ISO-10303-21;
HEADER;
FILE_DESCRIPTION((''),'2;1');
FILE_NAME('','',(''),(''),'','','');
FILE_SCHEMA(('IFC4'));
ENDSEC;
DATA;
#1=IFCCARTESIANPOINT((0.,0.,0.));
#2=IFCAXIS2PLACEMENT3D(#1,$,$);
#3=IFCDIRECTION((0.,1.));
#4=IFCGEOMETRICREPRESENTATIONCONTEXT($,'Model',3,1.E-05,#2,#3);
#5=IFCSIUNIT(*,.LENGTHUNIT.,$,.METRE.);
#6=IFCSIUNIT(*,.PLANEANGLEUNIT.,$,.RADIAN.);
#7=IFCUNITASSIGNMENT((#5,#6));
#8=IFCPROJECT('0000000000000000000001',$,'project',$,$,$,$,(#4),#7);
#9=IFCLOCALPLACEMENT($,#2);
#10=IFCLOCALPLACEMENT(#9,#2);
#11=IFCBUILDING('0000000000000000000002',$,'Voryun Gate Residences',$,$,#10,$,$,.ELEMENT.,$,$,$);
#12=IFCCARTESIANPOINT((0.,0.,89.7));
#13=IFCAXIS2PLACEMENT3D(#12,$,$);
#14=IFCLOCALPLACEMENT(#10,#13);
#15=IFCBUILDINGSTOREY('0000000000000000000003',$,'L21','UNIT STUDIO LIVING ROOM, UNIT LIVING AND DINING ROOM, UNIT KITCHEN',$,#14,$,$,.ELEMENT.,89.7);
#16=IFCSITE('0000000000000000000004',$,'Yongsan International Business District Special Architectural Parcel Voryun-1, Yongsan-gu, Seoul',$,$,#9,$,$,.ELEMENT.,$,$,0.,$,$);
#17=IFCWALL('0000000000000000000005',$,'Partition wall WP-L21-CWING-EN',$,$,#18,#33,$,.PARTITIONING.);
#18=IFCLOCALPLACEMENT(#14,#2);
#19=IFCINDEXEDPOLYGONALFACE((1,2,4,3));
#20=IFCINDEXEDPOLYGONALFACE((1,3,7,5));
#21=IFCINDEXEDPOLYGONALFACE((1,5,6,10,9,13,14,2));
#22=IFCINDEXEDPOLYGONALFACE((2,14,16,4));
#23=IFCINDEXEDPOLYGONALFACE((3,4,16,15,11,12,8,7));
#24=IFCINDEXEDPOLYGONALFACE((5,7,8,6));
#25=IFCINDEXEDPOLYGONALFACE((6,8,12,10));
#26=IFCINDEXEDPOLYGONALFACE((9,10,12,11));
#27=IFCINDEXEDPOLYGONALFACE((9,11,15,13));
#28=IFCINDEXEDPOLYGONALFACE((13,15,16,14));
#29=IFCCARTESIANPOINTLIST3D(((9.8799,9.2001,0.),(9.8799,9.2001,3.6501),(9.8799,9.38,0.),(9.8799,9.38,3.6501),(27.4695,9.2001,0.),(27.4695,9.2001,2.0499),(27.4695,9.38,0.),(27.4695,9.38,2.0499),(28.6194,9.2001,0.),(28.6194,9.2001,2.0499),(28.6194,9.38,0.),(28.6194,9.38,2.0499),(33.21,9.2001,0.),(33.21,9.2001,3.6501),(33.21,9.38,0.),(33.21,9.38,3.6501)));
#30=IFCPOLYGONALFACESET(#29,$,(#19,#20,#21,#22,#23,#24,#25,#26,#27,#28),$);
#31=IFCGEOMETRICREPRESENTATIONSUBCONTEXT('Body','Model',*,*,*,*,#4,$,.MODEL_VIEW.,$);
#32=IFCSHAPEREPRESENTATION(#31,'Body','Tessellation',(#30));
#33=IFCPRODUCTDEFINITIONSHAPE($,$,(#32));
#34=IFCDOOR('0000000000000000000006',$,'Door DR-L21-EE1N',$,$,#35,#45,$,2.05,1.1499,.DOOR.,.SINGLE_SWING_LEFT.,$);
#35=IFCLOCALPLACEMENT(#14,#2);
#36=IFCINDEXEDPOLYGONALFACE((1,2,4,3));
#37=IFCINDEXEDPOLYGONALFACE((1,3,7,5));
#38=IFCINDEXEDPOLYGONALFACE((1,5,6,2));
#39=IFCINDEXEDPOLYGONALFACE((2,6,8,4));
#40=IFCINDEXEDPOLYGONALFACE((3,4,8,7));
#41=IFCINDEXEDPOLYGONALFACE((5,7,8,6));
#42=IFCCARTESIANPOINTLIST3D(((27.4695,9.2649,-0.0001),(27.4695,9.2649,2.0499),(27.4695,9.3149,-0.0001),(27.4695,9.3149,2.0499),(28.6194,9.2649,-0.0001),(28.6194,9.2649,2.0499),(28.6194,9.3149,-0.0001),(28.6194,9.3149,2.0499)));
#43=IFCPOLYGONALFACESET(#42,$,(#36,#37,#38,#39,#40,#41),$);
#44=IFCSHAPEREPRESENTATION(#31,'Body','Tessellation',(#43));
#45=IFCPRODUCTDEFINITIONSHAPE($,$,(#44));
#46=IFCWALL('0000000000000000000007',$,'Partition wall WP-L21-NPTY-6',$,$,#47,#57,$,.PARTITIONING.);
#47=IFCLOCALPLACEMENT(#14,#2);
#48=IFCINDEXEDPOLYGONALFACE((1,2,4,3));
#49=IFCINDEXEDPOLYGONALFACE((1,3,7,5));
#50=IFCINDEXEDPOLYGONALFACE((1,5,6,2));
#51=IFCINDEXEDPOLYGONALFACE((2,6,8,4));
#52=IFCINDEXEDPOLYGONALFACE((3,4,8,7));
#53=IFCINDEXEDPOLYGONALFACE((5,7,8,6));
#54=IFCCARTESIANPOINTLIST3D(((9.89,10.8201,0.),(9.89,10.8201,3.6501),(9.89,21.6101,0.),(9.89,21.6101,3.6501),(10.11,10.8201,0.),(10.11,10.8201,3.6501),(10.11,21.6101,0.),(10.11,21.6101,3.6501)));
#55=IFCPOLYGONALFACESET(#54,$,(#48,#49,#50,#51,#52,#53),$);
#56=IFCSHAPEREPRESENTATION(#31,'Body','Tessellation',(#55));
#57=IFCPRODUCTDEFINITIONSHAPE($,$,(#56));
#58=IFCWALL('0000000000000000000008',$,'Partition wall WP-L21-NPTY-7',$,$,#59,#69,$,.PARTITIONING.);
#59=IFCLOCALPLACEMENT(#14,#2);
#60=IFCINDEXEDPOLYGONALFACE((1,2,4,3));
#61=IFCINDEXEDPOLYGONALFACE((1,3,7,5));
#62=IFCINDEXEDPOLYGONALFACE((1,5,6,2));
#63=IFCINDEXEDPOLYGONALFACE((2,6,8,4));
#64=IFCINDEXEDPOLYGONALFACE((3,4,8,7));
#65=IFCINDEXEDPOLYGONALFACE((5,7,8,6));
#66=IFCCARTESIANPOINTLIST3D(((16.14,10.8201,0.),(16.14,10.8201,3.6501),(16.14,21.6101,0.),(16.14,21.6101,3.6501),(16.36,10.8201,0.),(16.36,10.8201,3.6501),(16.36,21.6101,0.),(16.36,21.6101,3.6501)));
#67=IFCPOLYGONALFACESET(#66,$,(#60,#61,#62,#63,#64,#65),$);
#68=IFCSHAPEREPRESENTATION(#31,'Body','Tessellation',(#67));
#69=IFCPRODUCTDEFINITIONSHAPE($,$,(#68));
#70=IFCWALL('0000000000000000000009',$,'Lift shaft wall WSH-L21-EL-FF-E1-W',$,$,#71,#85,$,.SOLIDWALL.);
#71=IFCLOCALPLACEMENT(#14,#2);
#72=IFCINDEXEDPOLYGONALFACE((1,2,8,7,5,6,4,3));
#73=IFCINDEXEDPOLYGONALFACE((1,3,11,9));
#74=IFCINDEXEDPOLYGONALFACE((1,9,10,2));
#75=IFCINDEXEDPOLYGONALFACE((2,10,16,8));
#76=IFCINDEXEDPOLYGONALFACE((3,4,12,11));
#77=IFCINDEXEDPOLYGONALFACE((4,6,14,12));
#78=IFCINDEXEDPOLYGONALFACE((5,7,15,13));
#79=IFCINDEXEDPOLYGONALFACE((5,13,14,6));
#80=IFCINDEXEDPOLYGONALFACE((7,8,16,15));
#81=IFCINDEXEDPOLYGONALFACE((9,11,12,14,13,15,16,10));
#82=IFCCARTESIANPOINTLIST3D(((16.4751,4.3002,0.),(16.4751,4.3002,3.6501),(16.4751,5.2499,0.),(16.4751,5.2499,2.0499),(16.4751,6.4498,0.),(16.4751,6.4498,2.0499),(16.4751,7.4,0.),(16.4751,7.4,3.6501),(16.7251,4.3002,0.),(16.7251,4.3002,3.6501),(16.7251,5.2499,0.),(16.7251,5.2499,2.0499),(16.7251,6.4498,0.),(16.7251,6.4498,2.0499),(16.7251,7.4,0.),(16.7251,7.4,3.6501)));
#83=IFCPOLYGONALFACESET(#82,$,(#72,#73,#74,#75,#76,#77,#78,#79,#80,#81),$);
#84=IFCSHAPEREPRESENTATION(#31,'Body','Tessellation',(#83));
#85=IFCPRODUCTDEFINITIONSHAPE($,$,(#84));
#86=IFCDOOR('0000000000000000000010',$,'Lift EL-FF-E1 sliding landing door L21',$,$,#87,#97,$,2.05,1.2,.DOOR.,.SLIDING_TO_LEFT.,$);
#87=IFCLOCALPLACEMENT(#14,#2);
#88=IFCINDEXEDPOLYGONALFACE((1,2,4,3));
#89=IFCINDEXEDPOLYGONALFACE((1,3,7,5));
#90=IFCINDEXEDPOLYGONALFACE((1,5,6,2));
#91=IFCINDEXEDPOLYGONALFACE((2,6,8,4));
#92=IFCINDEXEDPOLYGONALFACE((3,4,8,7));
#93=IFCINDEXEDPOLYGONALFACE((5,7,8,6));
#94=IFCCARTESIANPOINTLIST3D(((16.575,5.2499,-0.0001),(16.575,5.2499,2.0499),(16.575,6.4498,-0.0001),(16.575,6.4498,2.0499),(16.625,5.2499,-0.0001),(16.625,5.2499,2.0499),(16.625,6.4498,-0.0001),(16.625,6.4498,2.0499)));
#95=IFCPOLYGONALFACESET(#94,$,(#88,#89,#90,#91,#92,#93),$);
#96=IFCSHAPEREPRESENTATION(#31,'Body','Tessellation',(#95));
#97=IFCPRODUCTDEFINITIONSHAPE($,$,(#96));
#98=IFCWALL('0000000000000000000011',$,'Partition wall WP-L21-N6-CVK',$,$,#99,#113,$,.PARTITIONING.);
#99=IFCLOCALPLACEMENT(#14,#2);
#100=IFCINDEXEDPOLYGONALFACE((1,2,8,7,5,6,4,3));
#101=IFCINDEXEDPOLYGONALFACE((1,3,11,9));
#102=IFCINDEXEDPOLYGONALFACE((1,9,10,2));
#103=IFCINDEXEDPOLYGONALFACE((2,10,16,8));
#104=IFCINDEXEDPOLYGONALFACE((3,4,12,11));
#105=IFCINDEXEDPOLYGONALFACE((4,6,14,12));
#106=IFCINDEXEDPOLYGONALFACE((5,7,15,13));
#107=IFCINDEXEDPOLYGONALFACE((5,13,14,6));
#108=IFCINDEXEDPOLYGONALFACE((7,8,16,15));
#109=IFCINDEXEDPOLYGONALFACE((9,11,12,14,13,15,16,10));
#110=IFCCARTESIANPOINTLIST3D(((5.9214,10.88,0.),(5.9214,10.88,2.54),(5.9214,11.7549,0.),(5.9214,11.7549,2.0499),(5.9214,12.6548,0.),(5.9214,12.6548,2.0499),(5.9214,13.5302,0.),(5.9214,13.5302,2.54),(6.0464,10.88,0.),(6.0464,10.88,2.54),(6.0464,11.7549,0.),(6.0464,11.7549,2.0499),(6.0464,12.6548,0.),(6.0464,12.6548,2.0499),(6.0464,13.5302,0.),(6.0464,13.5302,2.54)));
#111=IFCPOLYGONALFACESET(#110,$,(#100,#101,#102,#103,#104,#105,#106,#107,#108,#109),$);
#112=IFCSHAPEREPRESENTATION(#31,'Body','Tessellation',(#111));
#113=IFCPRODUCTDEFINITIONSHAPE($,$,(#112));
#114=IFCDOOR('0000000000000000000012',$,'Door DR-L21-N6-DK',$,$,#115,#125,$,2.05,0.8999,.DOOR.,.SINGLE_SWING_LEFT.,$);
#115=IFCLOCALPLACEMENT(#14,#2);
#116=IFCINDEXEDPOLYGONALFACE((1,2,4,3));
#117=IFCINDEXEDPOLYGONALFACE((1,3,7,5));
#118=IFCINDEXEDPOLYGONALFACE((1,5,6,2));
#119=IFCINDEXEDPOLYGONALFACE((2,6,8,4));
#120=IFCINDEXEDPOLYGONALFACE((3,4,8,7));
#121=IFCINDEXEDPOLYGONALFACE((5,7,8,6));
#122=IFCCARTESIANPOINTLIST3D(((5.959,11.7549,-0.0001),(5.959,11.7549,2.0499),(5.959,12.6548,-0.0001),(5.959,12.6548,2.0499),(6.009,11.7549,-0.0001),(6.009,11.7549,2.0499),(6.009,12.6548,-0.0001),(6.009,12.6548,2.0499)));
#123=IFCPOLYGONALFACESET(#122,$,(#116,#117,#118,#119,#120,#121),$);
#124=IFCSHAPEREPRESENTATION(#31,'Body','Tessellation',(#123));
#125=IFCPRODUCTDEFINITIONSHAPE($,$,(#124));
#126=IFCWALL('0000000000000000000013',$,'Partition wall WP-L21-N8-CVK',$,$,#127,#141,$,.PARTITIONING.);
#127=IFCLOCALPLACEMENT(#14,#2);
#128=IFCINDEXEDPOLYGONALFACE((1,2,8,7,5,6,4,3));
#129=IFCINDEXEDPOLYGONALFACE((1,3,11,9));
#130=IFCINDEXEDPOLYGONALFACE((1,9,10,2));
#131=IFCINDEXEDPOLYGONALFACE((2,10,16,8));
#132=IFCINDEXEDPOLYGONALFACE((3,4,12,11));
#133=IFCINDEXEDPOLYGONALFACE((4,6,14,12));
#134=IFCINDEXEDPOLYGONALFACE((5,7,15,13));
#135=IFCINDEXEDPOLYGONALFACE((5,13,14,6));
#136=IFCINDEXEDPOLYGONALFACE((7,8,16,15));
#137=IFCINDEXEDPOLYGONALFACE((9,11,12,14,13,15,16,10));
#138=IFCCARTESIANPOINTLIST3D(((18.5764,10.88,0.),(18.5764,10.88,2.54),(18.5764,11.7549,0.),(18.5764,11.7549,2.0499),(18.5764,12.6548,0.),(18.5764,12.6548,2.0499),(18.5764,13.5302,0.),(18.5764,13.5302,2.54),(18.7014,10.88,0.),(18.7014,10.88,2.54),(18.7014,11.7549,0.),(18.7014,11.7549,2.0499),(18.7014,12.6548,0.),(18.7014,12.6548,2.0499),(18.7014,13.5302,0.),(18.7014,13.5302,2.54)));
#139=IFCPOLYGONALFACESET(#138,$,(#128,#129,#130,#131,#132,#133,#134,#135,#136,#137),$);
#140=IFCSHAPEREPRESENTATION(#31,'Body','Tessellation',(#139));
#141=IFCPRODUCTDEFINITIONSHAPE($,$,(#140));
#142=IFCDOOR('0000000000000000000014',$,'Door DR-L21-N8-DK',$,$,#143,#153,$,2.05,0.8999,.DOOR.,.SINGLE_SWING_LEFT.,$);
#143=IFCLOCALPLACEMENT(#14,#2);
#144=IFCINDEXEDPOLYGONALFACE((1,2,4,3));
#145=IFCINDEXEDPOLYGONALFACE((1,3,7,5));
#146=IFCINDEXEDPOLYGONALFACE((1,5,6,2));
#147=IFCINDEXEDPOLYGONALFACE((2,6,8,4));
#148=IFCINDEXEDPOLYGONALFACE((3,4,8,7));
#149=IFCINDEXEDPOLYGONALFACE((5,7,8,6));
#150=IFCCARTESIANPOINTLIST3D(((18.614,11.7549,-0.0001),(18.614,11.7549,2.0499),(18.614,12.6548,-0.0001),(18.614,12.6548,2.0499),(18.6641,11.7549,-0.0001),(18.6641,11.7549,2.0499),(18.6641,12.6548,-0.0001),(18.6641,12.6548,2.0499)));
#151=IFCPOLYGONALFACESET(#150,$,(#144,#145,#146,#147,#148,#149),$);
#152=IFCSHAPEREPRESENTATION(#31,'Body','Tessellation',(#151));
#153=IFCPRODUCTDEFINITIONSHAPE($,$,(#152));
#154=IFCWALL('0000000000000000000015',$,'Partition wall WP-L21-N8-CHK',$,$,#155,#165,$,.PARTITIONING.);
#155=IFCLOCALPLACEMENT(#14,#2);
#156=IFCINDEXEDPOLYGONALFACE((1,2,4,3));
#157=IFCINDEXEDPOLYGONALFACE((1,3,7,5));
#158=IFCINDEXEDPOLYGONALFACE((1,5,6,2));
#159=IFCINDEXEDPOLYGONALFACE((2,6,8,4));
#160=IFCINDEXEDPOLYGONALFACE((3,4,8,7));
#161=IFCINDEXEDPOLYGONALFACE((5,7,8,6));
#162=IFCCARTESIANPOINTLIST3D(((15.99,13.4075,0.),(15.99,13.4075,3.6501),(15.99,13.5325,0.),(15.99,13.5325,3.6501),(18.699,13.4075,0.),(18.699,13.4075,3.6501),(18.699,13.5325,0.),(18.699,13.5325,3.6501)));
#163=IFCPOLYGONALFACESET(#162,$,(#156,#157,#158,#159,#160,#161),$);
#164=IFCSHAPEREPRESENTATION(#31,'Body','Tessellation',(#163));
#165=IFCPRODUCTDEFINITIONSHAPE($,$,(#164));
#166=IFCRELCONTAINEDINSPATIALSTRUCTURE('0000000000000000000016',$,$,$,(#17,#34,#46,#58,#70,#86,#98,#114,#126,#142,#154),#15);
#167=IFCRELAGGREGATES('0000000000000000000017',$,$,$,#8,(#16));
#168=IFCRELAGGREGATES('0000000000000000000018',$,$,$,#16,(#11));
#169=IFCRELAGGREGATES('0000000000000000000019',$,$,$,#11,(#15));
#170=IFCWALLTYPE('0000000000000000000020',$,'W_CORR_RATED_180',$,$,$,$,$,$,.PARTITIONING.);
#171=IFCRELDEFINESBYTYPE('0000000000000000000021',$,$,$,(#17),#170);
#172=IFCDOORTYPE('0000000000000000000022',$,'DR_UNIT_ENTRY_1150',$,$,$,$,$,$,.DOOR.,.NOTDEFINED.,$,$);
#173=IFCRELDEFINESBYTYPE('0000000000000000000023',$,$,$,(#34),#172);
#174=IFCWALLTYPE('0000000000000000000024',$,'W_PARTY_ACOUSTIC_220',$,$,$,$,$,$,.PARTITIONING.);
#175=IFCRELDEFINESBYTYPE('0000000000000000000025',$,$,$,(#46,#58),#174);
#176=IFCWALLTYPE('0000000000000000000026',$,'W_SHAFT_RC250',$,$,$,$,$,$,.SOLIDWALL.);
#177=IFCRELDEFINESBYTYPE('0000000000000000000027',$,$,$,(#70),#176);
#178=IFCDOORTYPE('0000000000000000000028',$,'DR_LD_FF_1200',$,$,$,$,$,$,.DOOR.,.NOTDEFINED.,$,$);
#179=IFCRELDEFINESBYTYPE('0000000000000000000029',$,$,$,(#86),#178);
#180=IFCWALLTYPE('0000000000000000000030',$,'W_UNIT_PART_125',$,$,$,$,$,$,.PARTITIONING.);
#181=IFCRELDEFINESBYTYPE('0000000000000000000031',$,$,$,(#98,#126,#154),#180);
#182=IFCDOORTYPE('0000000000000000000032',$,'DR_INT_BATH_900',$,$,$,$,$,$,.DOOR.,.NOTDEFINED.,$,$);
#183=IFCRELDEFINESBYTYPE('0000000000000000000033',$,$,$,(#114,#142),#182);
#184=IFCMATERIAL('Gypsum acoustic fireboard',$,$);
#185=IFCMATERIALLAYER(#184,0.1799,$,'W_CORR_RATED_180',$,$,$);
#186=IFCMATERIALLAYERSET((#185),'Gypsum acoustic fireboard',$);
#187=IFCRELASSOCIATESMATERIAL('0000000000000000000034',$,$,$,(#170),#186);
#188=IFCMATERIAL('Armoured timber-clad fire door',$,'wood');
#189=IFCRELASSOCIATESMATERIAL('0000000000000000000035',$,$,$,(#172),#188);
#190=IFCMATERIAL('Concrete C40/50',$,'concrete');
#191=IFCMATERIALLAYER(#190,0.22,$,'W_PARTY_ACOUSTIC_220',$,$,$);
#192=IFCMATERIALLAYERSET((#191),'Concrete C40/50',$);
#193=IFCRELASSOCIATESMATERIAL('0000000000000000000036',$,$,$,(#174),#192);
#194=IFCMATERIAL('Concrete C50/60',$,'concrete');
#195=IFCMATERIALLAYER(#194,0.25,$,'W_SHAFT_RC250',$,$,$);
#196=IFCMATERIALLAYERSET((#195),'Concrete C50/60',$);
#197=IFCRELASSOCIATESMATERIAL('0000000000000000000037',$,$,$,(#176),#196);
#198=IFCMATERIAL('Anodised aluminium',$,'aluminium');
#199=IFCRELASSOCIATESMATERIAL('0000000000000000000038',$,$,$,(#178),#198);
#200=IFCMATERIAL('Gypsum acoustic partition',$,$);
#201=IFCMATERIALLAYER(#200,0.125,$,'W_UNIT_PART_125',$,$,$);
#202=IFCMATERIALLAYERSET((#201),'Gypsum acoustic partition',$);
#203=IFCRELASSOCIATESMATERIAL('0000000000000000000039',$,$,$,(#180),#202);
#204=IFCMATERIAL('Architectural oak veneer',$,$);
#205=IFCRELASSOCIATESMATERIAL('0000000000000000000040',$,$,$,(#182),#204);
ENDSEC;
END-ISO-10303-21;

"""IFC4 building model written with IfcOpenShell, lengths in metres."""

from ifc_helpers import new_model, si_unit, direction, frame, frame_2d, origin, place, context, subcontext, project, spatial, rectangle, extrude, material, layer, layer_set, type_object, element, fill, save


model = new_model("IFC4")

# Units and contexts
model_context = context("Model", 3, precision=1e-05, world=origin(), true_north=direction((0.0, 1.0)))
body_context = subcontext(model_context, "Body", "Model", "MODEL_VIEW")
ifc_project = project(units=[si_unit("LENGTHUNIT", "METRE"), si_unit("PLANEANGLEUNIT", "RADIAN")], contexts=[model_context])

# Site, building, storey
site_placement = place(None, origin())
site = spatial("IfcSite", under=ifc_project, at=site_placement, Name="Yongsan International Business District Special Architectural Parcel Voryun-1, Yongsan-gu, Seoul", CompositionType="ELEMENT", RefElevation=0.0)
building_placement = place(site_placement, origin())
building = spatial("IfcBuilding", under=site, at=building_placement, Name="Voryun Gate Residences", CompositionType="ELEMENT")
storey_placement = place(building_placement, frame((0.0, 0.0, 89.7)))
storey = spatial("IfcBuildingStorey", under=building, at=storey_placement, Name="L21", Description="UNIT STUDIO LIVING ROOM, UNIT LIVING AND DINING ROOM, UNIT KITCHEN", CompositionType="ELEMENT", Elevation=89.7)

# Wall, opening, door
ifc_material_1 = material(Name="Gypsum acoustic fireboard")
ifc_layer_1 = layer(ifc_material_1, 0.1799, Name="W_CORR_RATED_180")
ifc_layer_set_1 = layer_set([ifc_layer_1], Name="Gypsum acoustic fireboard")
wall_type_1 = type_object("IfcWallType", Name="W_CORR_RATED_180", PredefinedType="PARTITIONING", material=ifc_layer_set_1)
wall_1_placement = place(storey_placement, frame((9.8799, 9.29, 0.0), z_axis=(0.0, 0.0, 1.0), x_axis=(1.0, 0.0, 0.0)))
wall_1 = element("IfcWall", 1, at=wall_1_placement, inside=storey, type_object=wall_type_1, Name="Partition wall WP-L21-CWING-EN", PredefinedType="PARTITIONING", context=body_context, shape_type="SweptSolid", body=[
    extrude(rectangle(XDim=23.3301, YDim=0.1799, at=frame_2d((11.665, 0.0))), origin(), (0.0, 0.0, 1.0), 3.6501),
])
opening_1_placement = place(wall_1_placement, frame((17.5896, 0.0, 0.0)))
opening_1 = element("IfcOpeningElement", 2, at=opening_1_placement, cuts=wall_1, PredefinedType="OPENING", context=body_context, shape_type="SweptSolid", body=[
    extrude(rectangle(XDim=1.1499, YDim=2.05, at=frame_2d((0.575, 1.0249))), frame((0.0, 0.0999, 0.0), z_axis=(0.0, -1.0, 0.0), x_axis=(1.0, 0.0, 0.0)), (0.0, 0.0, 1.0), 0.2),
])
ifc_material_2 = material(Name="Armoured timber-clad fire door", Category="wood")
door_type_1 = type_object("IfcDoorType", Name="DR_UNIT_ENTRY_1150", OperationType="NOTDEFINED", PredefinedType="DOOR", material=ifc_material_2)
door_1_placement = place(opening_1_placement, origin())
door_1 = element("IfcDoor", 3, at=door_1_placement, inside=storey, type_object=door_type_1, Name="Door DR-L21-EE1N", OperationType="SINGLE_SWING_LEFT", OverallHeight=2.05, OverallWidth=1.1499, PredefinedType="DOOR", context=body_context, shape_type="SweptSolid", body=[
    extrude(rectangle(XDim=1.1499, YDim=2.05, at=frame_2d((0.575, 1.0249))), frame((0.0, 0.0249, 0.0), z_axis=(0.0, -1.0, 0.0), x_axis=(1.0, 0.0, 0.0)), (0.0, 0.0, 1.0), 0.05),
])
fill(opening_1, door_1)

# Walls
ifc_material_3 = material(Name="Concrete C40/50", Category="concrete")
ifc_layer_2 = layer(ifc_material_3, 0.22, Name="W_PARTY_ACOUSTIC_220")
ifc_layer_set_2 = layer_set([ifc_layer_2], Name="Concrete C40/50")
wall_type_2 = type_object("IfcWallType", Name="W_PARTY_ACOUSTIC_220", PredefinedType="PARTITIONING", material=ifc_layer_set_2)
for number, where, z_axis, x_axis, name in (
    (4, (10.0, 10.8201, 0.0), (0.0, 0.0, 1.0), (0.0, 1.0, 0.0), "Partition wall WP-L21-NPTY-6"),
    (5, (16.25, 10.8201, 0.0), (0.0, 0.0, 1.0), (0.0, 1.0, 0.0), "Partition wall WP-L21-NPTY-7"),
):
    element("IfcWall", number, at=place(storey_placement, frame(where, z_axis=z_axis, x_axis=x_axis)), inside=storey, type_object=wall_type_2, Name=name, PredefinedType="PARTITIONING", context=body_context, shape_type="SweptSolid", body=[
        extrude(rectangle(XDim=10.79, YDim=0.22, at=frame_2d((5.395, 0.0))), origin(), (0.0, 0.0, 1.0), 3.6501),
    ])

# Walls, openings, doors
ifc_material_4 = material(Name="Concrete C50/60", Category="concrete")
ifc_layer_3 = layer(ifc_material_4, 0.25, Name="W_SHAFT_RC250")
ifc_layer_set_3 = layer_set([ifc_layer_3], Name="Concrete C50/60")
wall_type_3 = type_object("IfcWallType", Name="W_SHAFT_RC250", PredefinedType="SOLIDWALL", material=ifc_layer_set_3)
wall_2_placement = place(storey_placement, frame((16.6001, 7.3999, 0.0), z_axis=(0.0, 0.0, 1.0), x_axis=(0.0, -1.0, 0.0)))
wall_2 = element("IfcWall", 6, at=wall_2_placement, inside=storey, type_object=wall_type_3, Name="Lift shaft wall WSH-L21-EL-FF-E1-W", PredefinedType="SOLIDWALL", context=body_context, shape_type="SweptSolid", body=[
    extrude(rectangle(XDim=3.0999, YDim=0.25, at=frame_2d((1.5498, 0.0))), origin(), (0.0, 0.0, 1.0), 3.6501),
])
opening_2_placement = place(wall_2_placement, frame((0.95, 0.0, 0.0)))
opening_2 = element("IfcOpeningElement", 7, at=opening_2_placement, cuts=wall_2, PredefinedType="OPENING", context=body_context, shape_type="SweptSolid", body=[
    extrude(rectangle(XDim=1.2, YDim=2.05, at=frame_2d((0.6001, 1.0249))), frame((0.0, 0.135, 0.0), z_axis=(0.0, -1.0, 0.0), x_axis=(1.0, 0.0, 0.0)), (0.0, 0.0, 1.0), 0.27),
])
ifc_material_5 = material(Name="Anodised aluminium", Category="aluminium")
door_type_2 = type_object("IfcDoorType", Name="DR_LD_FF_1200", OperationType="NOTDEFINED", PredefinedType="DOOR", material=ifc_material_5)
door_2_placement = place(opening_2_placement, origin())
door_2 = element("IfcDoor", 8, at=door_2_placement, inside=storey, type_object=door_type_2, Name="Lift EL-FF-E1 sliding landing door L21", OperationType="SLIDING_TO_LEFT", OverallHeight=2.05, OverallWidth=1.2, PredefinedType="DOOR", context=body_context, shape_type="SweptSolid", body=[
    extrude(rectangle(XDim=1.2, YDim=2.05, at=frame_2d((0.6001, 1.0249))), frame((0.0, 0.0249, 0.0), z_axis=(0.0, -1.0, 0.0), x_axis=(1.0, 0.0, 0.0)), (0.0, 0.0, 1.0), 0.05),
])
fill(opening_2, door_2)
ifc_material_6 = material(Name="Gypsum acoustic partition")
ifc_layer_4 = layer(ifc_material_6, 0.125, Name="W_UNIT_PART_125")
ifc_layer_set_4 = layer_set([ifc_layer_4], Name="Gypsum acoustic partition")
wall_type_4 = type_object("IfcWallType", Name="W_UNIT_PART_125", PredefinedType="PARTITIONING", material=ifc_layer_set_4)
wall_3_placement = place(storey_placement, frame((5.9839, 10.8799, 0.0), z_axis=(0.0, 0.0, 1.0), x_axis=(0.0, 1.0, 0.0)))
wall_3 = element("IfcWall", 9, at=wall_3_placement, inside=storey, type_object=wall_type_4, Name="Partition wall WP-L21-N6-CVK", PredefinedType="PARTITIONING", context=body_context, shape_type="SweptSolid", body=[
    extrude(rectangle(XDim=2.6501, YDim=0.125, at=frame_2d((1.3252, 0.0))), origin(), (0.0, 0.0, 1.0), 2.54),
])
opening_3_placement = place(wall_3_placement, frame((0.875, 0.0, 0.0)))
opening_3 = element("IfcOpeningElement", 10, at=opening_3_placement, cuts=wall_3, PredefinedType="OPENING", context=body_context, shape_type="SweptSolid", body=[
    extrude(rectangle(XDim=0.8999, YDim=2.05, at=frame_2d((0.45, 1.0249))), frame((0.0, 0.0725, 0.0), z_axis=(0.0, -1.0, 0.0), x_axis=(1.0, 0.0, 0.0)), (0.0, 0.0, 1.0), 0.145),
])
ifc_material_7 = material(Name="Architectural oak veneer")
door_type_3 = type_object("IfcDoorType", Name="DR_INT_BATH_900", OperationType="NOTDEFINED", PredefinedType="DOOR", material=ifc_material_7)
door_3_placement = place(opening_3_placement, origin())
door_3 = element("IfcDoor", 11, at=door_3_placement, inside=storey, type_object=door_type_3, Name="Door DR-L21-N6-DK", OperationType="SINGLE_SWING_LEFT", OverallHeight=2.05, OverallWidth=0.8999, PredefinedType="DOOR", context=body_context, shape_type="SweptSolid", body=[
    extrude(rectangle(XDim=0.8999, YDim=2.05, at=frame_2d((0.45, 1.0249))), frame((0.0, 0.0249, 0.0), z_axis=(0.0, -1.0, 0.0), x_axis=(1.0, 0.0, 0.0)), (0.0, 0.0, 1.0), 0.05),
])
fill(opening_3, door_3)
wall_4_placement = place(storey_placement, frame((18.6389, 10.8799, 0.0), z_axis=(0.0, 0.0, 1.0), x_axis=(0.0, 1.0, 0.0)))
wall_4 = element("IfcWall", 12, at=wall_4_placement, inside=storey, type_object=wall_type_4, Name="Partition wall WP-L21-N8-CVK", PredefinedType="PARTITIONING", context=body_context, shape_type="SweptSolid", body=[
    extrude(rectangle(XDim=2.6501, YDim=0.125, at=frame_2d((1.3252, 0.0))), origin(), (0.0, 0.0, 1.0), 2.54),
])
opening_4_placement = place(wall_4_placement, frame((0.875, 0.0, 0.0)))
opening_4 = element("IfcOpeningElement", 13, at=opening_4_placement, cuts=wall_4, PredefinedType="OPENING", context=body_context, shape_type="SweptSolid", body=[
    extrude(rectangle(XDim=0.8999, YDim=2.05, at=frame_2d((0.45, 1.0249))), frame((0.0, 0.0725, 0.0), z_axis=(0.0, -1.0, 0.0), x_axis=(1.0, 0.0, 0.0)), (0.0, 0.0, 1.0), 0.145),
])
door_4_placement = place(opening_4_placement, origin())
door_4 = element("IfcDoor", 14, at=door_4_placement, inside=storey, type_object=door_type_3, Name="Door DR-L21-N8-DK", OperationType="SINGLE_SWING_LEFT", OverallHeight=2.05, OverallWidth=0.8999, PredefinedType="DOOR", context=body_context, shape_type="SweptSolid", body=[
    extrude(rectangle(XDim=0.8999, YDim=2.05, at=frame_2d((0.45, 1.0249))), frame((0.0, 0.0249, 0.0), z_axis=(0.0, -1.0, 0.0), x_axis=(1.0, 0.0, 0.0)), (0.0, 0.0, 1.0), 0.05),
])
fill(opening_4, door_4)

# Wall
wall_5_placement = place(storey_placement, frame((15.99, 13.47, 0.0), z_axis=(0.0, 0.0, 1.0), x_axis=(1.0, 0.0, 0.0)))
element("IfcWall", 15, at=wall_5_placement, inside=storey, type_object=wall_type_4, Name="Partition wall WP-L21-N8-CHK", PredefinedType="PARTITIONING", context=body_context, shape_type="SweptSolid", body=[
    extrude(rectangle(XDim=2.709, YDim=0.125, at=frame_2d((1.3545, 0.0))), origin(), (0.0, 0.0, 1.0), 3.6501),
])

save(model, "model.ifc")
